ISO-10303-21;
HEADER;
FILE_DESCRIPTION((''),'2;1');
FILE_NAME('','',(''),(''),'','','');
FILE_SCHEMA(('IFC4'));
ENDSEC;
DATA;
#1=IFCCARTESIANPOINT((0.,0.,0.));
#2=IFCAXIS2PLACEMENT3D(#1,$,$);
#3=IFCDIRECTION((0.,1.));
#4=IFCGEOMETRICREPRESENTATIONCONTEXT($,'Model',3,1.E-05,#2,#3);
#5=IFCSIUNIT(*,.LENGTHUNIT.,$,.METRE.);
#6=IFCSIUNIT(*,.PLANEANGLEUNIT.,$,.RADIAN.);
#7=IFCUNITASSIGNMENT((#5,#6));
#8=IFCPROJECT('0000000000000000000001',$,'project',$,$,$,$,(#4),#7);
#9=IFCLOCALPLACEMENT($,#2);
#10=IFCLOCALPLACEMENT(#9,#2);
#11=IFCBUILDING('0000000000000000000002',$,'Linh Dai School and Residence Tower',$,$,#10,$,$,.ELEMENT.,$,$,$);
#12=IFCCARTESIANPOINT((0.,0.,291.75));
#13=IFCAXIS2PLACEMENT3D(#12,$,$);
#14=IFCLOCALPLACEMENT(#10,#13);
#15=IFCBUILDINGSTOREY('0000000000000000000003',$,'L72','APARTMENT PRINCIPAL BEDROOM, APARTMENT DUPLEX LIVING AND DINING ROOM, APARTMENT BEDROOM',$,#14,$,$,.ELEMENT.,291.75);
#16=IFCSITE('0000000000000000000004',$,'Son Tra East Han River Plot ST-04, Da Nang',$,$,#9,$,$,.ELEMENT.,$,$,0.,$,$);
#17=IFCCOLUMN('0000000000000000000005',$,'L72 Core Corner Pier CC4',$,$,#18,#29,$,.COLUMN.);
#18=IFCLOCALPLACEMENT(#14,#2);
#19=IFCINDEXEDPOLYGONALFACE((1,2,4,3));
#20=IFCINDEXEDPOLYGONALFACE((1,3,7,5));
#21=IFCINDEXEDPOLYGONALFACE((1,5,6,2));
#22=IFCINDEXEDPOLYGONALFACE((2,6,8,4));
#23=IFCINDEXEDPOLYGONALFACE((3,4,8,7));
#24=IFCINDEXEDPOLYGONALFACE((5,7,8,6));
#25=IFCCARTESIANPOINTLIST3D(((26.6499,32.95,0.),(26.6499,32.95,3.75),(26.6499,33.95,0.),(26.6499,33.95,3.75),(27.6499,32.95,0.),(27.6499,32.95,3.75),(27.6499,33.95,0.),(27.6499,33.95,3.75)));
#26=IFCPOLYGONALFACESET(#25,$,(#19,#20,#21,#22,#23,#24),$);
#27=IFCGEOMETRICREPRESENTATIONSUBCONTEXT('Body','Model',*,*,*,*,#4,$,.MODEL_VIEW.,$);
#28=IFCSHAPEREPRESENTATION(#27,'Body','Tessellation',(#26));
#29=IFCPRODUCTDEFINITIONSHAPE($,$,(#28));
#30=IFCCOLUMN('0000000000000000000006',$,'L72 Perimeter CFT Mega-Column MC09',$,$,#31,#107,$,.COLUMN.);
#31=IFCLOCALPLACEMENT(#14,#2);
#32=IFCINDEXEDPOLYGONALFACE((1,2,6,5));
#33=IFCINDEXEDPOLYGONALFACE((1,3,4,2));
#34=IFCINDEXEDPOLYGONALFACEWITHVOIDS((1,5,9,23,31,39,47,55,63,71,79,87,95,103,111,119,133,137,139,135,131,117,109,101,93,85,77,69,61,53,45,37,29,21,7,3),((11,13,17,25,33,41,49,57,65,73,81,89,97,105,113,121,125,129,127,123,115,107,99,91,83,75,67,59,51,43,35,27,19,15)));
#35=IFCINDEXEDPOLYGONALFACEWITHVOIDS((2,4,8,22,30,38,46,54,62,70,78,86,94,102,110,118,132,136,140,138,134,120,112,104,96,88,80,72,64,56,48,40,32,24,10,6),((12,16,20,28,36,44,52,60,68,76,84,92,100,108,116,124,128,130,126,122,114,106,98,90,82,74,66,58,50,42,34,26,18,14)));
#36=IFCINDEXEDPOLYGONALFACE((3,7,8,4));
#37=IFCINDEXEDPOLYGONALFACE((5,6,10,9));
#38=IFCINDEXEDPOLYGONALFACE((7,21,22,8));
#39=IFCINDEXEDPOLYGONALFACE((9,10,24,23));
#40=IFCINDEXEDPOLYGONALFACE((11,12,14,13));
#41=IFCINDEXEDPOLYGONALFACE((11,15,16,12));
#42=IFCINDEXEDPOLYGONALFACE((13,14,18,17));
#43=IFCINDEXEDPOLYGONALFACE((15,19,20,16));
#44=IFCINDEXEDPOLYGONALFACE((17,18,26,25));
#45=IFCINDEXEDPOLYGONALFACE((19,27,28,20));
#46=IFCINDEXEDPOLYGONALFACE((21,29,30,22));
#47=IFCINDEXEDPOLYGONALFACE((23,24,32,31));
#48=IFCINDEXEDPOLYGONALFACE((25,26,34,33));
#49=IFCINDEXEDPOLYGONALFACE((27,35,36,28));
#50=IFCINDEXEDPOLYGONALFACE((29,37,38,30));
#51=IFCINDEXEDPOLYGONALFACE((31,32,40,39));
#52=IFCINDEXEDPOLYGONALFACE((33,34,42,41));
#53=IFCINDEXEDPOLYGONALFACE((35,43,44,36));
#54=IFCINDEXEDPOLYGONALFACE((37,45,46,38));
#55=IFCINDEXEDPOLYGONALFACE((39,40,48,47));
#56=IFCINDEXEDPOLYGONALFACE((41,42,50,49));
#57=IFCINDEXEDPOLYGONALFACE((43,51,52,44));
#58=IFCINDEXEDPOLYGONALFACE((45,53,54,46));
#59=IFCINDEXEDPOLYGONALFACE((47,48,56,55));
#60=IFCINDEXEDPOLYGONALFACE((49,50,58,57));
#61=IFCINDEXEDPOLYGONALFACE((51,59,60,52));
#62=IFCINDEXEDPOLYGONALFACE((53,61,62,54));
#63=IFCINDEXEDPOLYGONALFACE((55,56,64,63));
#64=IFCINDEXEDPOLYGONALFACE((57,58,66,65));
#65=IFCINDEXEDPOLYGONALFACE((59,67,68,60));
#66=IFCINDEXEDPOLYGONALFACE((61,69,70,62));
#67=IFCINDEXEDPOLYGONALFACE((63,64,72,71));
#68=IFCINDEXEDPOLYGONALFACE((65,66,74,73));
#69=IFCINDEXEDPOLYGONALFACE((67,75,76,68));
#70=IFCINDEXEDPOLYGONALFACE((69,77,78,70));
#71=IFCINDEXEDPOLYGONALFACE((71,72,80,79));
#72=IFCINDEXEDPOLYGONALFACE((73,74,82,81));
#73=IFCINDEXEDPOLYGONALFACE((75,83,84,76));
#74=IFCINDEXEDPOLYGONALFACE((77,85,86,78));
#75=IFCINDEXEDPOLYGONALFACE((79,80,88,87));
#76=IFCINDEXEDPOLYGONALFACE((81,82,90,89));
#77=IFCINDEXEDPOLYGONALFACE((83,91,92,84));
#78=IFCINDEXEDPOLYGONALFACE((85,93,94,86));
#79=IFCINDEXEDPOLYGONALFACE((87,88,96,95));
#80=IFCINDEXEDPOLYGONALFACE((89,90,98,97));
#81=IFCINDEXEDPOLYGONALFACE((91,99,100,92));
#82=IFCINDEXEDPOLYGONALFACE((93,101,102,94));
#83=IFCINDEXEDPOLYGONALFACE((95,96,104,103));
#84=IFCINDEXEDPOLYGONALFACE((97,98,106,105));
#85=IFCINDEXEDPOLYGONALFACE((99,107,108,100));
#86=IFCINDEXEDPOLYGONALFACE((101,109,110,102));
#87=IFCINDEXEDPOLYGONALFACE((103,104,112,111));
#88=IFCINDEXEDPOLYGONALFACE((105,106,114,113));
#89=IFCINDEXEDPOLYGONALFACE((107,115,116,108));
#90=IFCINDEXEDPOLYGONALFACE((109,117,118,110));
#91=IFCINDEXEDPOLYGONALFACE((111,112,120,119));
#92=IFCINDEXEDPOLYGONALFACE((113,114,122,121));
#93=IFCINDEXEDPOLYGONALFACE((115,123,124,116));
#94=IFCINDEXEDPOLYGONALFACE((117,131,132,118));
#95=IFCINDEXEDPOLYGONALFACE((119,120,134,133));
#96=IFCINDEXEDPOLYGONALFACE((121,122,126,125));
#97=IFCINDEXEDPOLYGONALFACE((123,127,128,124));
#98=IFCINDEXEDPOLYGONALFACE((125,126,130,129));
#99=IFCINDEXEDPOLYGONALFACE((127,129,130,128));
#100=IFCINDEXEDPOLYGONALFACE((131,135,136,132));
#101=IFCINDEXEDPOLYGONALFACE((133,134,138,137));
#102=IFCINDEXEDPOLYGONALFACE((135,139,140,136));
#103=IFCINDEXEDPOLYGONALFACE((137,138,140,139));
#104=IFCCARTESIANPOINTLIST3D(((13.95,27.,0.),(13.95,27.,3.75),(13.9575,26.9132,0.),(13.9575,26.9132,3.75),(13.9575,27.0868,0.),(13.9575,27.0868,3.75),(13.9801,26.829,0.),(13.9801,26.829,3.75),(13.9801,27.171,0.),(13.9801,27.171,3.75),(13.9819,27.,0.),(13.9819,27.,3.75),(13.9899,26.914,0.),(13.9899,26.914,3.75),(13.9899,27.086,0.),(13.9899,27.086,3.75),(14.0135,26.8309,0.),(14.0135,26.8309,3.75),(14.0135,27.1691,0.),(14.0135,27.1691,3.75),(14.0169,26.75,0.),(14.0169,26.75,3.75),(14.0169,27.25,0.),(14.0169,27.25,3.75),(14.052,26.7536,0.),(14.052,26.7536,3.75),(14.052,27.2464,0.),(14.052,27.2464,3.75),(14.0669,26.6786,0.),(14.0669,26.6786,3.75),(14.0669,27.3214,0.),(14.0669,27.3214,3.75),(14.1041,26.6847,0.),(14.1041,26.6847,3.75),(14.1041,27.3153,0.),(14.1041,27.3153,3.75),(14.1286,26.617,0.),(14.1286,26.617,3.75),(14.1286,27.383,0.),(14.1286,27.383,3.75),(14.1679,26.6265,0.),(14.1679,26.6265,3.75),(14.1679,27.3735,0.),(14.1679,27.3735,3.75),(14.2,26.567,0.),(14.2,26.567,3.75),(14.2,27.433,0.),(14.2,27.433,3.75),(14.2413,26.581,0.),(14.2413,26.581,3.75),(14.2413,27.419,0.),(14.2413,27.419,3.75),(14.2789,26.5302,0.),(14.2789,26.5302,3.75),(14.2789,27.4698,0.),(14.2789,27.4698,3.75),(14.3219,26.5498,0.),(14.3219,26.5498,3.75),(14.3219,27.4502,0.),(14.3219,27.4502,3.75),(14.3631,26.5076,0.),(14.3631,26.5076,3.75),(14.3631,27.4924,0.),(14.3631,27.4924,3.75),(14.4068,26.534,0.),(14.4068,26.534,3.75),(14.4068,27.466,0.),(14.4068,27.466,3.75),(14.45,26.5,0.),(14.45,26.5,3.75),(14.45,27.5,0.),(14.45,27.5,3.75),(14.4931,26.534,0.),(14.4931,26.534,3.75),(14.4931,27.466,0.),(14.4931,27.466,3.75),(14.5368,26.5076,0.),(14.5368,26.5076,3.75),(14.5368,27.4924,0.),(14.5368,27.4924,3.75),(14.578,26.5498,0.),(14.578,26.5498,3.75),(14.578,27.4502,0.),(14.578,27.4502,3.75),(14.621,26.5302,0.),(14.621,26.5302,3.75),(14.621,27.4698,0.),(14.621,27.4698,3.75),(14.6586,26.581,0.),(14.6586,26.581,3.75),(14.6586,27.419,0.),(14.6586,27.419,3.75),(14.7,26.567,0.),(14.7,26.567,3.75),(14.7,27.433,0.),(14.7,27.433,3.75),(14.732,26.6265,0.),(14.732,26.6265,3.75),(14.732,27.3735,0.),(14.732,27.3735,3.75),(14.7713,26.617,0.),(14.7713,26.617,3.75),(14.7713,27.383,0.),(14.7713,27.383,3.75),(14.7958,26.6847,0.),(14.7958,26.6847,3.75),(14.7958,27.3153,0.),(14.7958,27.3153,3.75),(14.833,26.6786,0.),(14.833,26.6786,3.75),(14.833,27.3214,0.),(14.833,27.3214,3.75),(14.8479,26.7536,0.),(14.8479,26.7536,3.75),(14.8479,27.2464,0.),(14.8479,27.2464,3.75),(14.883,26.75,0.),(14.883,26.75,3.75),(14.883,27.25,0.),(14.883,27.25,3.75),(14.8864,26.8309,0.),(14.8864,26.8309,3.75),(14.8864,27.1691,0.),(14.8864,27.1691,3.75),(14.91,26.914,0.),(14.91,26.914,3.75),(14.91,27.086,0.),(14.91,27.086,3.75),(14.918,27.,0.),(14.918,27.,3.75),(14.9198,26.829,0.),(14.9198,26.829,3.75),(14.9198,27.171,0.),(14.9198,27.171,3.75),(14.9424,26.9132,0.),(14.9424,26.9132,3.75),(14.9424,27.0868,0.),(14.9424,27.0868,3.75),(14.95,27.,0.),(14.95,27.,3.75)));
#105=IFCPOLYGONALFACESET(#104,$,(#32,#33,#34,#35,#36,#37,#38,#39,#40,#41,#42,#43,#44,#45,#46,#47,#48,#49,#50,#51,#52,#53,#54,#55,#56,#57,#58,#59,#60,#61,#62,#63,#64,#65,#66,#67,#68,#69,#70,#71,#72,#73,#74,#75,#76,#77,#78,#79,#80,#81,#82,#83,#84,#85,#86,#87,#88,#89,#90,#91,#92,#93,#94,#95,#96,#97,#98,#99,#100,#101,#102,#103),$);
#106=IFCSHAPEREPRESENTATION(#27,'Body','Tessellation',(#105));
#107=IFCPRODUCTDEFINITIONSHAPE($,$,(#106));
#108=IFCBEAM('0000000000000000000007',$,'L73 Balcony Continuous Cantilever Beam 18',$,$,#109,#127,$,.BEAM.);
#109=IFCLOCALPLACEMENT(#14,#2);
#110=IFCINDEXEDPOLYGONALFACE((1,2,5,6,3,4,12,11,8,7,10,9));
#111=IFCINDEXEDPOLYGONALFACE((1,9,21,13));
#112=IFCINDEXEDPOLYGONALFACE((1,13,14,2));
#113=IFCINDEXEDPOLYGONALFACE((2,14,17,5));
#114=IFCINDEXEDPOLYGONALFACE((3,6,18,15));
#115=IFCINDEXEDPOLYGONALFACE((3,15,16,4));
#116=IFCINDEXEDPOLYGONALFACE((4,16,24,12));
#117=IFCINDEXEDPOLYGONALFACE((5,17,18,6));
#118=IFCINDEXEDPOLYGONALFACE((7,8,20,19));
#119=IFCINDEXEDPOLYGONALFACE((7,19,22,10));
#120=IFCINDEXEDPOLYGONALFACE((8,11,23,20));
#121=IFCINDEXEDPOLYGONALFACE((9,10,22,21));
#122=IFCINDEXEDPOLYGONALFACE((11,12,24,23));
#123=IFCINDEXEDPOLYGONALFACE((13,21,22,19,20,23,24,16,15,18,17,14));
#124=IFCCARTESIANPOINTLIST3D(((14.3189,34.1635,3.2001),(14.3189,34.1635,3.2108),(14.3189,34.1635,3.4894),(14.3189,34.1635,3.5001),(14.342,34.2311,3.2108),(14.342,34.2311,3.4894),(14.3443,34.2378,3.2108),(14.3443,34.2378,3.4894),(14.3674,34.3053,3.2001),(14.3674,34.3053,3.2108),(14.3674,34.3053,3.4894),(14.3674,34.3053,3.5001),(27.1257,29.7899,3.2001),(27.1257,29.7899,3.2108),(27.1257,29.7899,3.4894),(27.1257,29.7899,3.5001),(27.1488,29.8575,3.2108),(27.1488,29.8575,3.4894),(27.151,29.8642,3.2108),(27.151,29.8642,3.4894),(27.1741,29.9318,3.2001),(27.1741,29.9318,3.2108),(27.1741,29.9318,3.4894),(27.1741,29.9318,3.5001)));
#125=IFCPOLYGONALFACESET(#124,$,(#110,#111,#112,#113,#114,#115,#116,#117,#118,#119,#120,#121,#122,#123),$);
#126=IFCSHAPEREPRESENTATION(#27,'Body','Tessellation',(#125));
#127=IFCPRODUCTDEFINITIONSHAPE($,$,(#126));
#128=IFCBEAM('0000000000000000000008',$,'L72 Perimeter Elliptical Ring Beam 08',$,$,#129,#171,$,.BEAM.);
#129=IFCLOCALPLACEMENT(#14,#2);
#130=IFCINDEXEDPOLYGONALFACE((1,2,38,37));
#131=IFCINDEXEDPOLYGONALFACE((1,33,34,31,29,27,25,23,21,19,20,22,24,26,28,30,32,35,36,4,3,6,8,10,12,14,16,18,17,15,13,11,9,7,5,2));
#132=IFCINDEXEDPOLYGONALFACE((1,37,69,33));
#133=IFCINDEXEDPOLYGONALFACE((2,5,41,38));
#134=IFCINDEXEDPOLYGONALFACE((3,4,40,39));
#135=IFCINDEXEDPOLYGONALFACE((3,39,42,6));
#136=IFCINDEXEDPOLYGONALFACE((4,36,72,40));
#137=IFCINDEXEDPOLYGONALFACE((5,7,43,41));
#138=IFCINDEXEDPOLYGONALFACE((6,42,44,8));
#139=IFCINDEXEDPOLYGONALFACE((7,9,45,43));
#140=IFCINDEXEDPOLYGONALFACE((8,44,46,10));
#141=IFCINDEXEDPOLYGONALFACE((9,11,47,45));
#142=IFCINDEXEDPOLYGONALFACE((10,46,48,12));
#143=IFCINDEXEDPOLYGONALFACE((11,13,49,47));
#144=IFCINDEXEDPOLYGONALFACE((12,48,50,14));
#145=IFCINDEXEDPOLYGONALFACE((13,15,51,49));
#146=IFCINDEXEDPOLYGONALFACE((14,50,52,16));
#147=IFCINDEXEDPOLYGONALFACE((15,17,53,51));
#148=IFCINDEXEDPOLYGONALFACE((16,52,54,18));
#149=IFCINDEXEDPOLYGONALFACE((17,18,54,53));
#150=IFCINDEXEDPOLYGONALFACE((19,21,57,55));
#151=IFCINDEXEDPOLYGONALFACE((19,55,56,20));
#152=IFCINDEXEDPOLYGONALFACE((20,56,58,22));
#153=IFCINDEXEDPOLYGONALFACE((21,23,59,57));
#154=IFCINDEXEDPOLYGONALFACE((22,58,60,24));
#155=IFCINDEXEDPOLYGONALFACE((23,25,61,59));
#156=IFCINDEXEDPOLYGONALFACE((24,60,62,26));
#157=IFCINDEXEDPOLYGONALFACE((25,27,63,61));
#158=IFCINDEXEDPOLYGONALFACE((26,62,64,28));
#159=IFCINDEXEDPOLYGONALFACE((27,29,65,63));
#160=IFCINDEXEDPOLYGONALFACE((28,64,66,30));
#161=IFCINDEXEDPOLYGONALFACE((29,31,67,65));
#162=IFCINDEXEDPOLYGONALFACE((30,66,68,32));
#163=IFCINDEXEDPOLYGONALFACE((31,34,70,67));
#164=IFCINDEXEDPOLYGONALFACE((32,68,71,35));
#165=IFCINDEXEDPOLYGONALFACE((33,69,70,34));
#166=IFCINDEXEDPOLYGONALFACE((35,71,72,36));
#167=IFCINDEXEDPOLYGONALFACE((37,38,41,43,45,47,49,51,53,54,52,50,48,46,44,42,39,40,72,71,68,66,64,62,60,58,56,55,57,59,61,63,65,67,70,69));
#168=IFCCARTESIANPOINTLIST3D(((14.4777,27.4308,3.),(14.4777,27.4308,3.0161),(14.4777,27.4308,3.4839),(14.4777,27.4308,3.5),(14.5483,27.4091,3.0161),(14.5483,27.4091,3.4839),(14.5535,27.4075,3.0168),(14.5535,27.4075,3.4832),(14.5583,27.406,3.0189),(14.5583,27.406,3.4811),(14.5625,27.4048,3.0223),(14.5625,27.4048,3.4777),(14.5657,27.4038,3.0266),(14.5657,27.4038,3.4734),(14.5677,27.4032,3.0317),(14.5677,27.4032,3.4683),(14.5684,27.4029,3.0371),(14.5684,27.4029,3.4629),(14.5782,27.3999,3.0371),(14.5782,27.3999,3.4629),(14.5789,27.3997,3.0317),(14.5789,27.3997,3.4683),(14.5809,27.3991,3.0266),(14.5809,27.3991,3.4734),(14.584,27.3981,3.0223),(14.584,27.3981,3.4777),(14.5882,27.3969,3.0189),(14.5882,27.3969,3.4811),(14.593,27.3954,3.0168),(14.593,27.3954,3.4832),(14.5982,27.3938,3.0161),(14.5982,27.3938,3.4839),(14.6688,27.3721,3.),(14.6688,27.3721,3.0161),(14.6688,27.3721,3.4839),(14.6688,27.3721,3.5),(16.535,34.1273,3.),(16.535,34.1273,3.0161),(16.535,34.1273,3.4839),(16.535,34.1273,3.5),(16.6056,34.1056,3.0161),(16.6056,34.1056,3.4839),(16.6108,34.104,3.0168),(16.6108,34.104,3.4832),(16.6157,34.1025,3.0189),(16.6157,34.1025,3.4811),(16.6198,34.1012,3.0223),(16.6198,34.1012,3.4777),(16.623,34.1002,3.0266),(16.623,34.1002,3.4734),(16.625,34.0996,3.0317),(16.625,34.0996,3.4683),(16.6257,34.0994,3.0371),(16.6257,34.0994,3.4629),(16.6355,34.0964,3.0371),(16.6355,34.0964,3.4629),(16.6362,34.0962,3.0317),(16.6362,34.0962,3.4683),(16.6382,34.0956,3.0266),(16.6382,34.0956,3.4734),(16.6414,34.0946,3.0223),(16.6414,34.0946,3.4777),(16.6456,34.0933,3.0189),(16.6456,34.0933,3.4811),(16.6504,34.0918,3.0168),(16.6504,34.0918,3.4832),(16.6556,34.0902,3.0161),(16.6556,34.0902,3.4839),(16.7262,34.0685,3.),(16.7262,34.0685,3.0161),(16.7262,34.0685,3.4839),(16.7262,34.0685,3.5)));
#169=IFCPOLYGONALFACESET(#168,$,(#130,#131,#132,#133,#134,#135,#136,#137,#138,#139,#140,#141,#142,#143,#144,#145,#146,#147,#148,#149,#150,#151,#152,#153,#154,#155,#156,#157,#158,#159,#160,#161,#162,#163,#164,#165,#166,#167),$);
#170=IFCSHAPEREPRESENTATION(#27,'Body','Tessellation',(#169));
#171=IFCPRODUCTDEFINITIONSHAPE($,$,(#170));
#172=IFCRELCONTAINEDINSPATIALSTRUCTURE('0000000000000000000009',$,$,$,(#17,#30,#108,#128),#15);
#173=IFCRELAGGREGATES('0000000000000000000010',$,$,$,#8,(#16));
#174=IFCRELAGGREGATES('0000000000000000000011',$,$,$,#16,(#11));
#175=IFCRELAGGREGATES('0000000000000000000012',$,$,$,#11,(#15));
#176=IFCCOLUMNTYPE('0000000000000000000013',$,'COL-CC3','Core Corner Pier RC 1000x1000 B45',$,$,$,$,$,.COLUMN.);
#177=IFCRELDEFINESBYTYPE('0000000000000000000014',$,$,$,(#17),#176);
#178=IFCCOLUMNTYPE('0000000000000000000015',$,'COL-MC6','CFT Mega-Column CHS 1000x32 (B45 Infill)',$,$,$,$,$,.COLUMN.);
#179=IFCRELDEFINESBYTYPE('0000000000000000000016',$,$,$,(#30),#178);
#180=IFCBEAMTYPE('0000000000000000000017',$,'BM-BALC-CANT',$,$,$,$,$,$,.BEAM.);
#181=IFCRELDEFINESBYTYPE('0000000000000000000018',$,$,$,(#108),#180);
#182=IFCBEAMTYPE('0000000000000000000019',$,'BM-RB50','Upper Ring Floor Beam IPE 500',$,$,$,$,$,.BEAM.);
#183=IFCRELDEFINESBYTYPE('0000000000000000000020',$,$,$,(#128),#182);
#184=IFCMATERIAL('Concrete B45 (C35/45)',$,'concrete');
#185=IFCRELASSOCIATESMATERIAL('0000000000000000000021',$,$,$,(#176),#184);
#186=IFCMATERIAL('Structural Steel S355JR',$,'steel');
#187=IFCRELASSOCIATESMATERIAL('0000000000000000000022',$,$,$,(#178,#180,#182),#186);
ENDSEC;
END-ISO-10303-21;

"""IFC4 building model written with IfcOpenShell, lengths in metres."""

from ifc_helpers import new_model, si_unit, direction, frame, origin, origin_2d, place, context, subcontext, project, spatial, rectangle, hollow_circle, i_section, extrude, material, material_profile, profile_set, type_object, element, save


model = new_model("IFC4")

# Units and contexts
model_context = context("Model", 3, precision=1e-05, world=origin(), true_north=direction((0.0, 1.0)))
body_context = subcontext(model_context, "Body", "Model", "MODEL_VIEW")
ifc_project = project(units=[si_unit("LENGTHUNIT", "METRE"), si_unit("PLANEANGLEUNIT", "RADIAN")], contexts=[model_context])

# Site, building, storey
site_placement = place(None, origin())
site = spatial("IfcSite", under=ifc_project, at=site_placement, Name="Son Tra East Han River Plot ST-04, Da Nang", CompositionType="ELEMENT", RefElevation=0.0)
building_placement = place(site_placement, origin())
building = spatial("IfcBuilding", under=site, at=building_placement, Name="Linh Dai School and Residence Tower", CompositionType="ELEMENT")
storey_placement = place(building_placement, frame((0.0, 0.0, 291.75)))
storey = spatial("IfcBuildingStorey", under=building, at=storey_placement, Name="L72", Description="APARTMENT PRINCIPAL BEDROOM, APARTMENT DUPLEX LIVING AND DINING ROOM, APARTMENT BEDROOM", CompositionType="ELEMENT", Elevation=291.75)

# Columns
ifc_material_1 = material(Name="Concrete B45 (C35/45)", Category="concrete")
ifc_material_profile_1 = material_profile(ifc_material_1, rectangle(XDim=1.0, YDim=1.0, at=origin_2d()), Name="RC 1000x1000")
ifc_profile_set_1 = profile_set([ifc_material_profile_1], Name="Concrete B45 (C35/45)")
column_type_1 = type_object("IfcColumnType", Name="COL-CC3", Description="Core Corner Pier RC 1000x1000 B45", PredefinedType="COLUMN", material=ifc_profile_set_1)
column_1_placement = place(storey_placement, frame((27.1499, 33.45, 0.0), z_axis=(0.0, 0.0, 1.0), x_axis=(1.0, 0.0, 0.0)))
element("IfcColumn", 1, at=column_1_placement, inside=storey, type_object=column_type_1, Name="L72 Core Corner Pier CC4", PredefinedType="COLUMN", context=body_context, shape_type="SweptSolid", body=[
    extrude(rectangle(XDim=1.0, YDim=1.0, at=origin_2d()), origin(), (0.0, 0.0, 1.0), 3.75),
])
ifc_material_2 = material(Name="Structural Steel S355JR", Category="steel")
ifc_material_profile_2 = material_profile(ifc_material_2, hollow_circle(Radius=0.5, WallThickness=0.032, at=origin_2d()), Name="CHS 1000x32")
ifc_profile_set_2 = profile_set([ifc_material_profile_2], Name="Structural Steel S355JR")
column_type_2 = type_object("IfcColumnType", Name="COL-MC6", Description="CFT Mega-Column CHS 1000x32 (B45 Infill)", PredefinedType="COLUMN", material=ifc_profile_set_2)
column_2_placement = place(storey_placement, frame((14.45, 27.0, 0.0), z_axis=(0.0, 0.0, 1.0), x_axis=(1.0, 0.0, 0.0)))
element("IfcColumn", 2, at=column_2_placement, inside=storey, type_object=column_type_2, Name="L72 Perimeter CFT Mega-Column MC09", PredefinedType="COLUMN", context=body_context, shape_type="SweptSolid", body=[
    extrude(hollow_circle(Radius=0.5, WallThickness=0.032, at=origin_2d()), origin(), (0.0, 0.0, 1.0), 3.75),
])

# Beams
ifc_material_profile_3 = material_profile(ifc_material_2, i_section(OverallWidth=0.1499, OverallDepth=0.3, WebThickness=0.0071, FlangeThickness=0.0107, at=origin_2d()), Name="IPE 300")
ifc_profile_set_3 = profile_set([ifc_material_profile_3], Name="Structural Steel S355JR")
beam_type_1 = type_object("IfcBeamType", Name="BM-BALC-CANT", PredefinedType="BEAM", material=ifc_profile_set_3)
beam_1_placement = place(storey_placement, frame((27.1499, 29.8608, 3.3501), z_axis=(-0.946338, 0.323179, 0.0), x_axis=(-0.323179, -0.946338, 0.0)))
element("IfcBeam", 3, at=beam_1_placement, inside=storey, type_object=beam_type_1, Name="L73 Balcony Continuous Cantilever Beam 18", PredefinedType="BEAM", context=body_context, shape_type="SweptSolid", body=[
    extrude(i_section(OverallWidth=0.1499, OverallDepth=0.3, WebThickness=0.0071, FlangeThickness=0.0107, at=origin_2d()), origin(), (0.0, 0.0, 1.0), 13.533),
])
ifc_material_profile_4 = material_profile(ifc_material_2, i_section(OverallWidth=0.2, OverallDepth=0.5, WebThickness=0.0103, FlangeThickness=0.0161, FilletRadius=0.021, at=origin_2d()), Name="IPE 500")
ifc_profile_set_4 = profile_set([ifc_material_profile_4], Name="Structural Steel S355JR")
beam_type_2 = type_object("IfcBeamType", Name="BM-RB50", Description="Upper Ring Floor Beam IPE 500", PredefinedType="BEAM", material=ifc_profile_set_4)
beam_2_placement = place(storey_placement, frame((16.6306, 34.0979, 3.25), z_axis=(-0.293682, -0.955903, 0.0), x_axis=(0.955903, -0.293682, 0.0)))
element("IfcBeam", 4, at=beam_2_placement, inside=storey, type_object=beam_type_2, Name="L72 Perimeter Elliptical Ring Beam 08", PredefinedType="BEAM", context=body_context, shape_type="SweptSolid", body=[
    extrude(i_section(OverallWidth=0.2, OverallDepth=0.5, WebThickness=0.0103, FlangeThickness=0.0161, FilletRadius=0.021, at=origin_2d()), origin(), (0.0, 0.0, 1.0), 7.0054),
])

save(model, "model.ifc")
